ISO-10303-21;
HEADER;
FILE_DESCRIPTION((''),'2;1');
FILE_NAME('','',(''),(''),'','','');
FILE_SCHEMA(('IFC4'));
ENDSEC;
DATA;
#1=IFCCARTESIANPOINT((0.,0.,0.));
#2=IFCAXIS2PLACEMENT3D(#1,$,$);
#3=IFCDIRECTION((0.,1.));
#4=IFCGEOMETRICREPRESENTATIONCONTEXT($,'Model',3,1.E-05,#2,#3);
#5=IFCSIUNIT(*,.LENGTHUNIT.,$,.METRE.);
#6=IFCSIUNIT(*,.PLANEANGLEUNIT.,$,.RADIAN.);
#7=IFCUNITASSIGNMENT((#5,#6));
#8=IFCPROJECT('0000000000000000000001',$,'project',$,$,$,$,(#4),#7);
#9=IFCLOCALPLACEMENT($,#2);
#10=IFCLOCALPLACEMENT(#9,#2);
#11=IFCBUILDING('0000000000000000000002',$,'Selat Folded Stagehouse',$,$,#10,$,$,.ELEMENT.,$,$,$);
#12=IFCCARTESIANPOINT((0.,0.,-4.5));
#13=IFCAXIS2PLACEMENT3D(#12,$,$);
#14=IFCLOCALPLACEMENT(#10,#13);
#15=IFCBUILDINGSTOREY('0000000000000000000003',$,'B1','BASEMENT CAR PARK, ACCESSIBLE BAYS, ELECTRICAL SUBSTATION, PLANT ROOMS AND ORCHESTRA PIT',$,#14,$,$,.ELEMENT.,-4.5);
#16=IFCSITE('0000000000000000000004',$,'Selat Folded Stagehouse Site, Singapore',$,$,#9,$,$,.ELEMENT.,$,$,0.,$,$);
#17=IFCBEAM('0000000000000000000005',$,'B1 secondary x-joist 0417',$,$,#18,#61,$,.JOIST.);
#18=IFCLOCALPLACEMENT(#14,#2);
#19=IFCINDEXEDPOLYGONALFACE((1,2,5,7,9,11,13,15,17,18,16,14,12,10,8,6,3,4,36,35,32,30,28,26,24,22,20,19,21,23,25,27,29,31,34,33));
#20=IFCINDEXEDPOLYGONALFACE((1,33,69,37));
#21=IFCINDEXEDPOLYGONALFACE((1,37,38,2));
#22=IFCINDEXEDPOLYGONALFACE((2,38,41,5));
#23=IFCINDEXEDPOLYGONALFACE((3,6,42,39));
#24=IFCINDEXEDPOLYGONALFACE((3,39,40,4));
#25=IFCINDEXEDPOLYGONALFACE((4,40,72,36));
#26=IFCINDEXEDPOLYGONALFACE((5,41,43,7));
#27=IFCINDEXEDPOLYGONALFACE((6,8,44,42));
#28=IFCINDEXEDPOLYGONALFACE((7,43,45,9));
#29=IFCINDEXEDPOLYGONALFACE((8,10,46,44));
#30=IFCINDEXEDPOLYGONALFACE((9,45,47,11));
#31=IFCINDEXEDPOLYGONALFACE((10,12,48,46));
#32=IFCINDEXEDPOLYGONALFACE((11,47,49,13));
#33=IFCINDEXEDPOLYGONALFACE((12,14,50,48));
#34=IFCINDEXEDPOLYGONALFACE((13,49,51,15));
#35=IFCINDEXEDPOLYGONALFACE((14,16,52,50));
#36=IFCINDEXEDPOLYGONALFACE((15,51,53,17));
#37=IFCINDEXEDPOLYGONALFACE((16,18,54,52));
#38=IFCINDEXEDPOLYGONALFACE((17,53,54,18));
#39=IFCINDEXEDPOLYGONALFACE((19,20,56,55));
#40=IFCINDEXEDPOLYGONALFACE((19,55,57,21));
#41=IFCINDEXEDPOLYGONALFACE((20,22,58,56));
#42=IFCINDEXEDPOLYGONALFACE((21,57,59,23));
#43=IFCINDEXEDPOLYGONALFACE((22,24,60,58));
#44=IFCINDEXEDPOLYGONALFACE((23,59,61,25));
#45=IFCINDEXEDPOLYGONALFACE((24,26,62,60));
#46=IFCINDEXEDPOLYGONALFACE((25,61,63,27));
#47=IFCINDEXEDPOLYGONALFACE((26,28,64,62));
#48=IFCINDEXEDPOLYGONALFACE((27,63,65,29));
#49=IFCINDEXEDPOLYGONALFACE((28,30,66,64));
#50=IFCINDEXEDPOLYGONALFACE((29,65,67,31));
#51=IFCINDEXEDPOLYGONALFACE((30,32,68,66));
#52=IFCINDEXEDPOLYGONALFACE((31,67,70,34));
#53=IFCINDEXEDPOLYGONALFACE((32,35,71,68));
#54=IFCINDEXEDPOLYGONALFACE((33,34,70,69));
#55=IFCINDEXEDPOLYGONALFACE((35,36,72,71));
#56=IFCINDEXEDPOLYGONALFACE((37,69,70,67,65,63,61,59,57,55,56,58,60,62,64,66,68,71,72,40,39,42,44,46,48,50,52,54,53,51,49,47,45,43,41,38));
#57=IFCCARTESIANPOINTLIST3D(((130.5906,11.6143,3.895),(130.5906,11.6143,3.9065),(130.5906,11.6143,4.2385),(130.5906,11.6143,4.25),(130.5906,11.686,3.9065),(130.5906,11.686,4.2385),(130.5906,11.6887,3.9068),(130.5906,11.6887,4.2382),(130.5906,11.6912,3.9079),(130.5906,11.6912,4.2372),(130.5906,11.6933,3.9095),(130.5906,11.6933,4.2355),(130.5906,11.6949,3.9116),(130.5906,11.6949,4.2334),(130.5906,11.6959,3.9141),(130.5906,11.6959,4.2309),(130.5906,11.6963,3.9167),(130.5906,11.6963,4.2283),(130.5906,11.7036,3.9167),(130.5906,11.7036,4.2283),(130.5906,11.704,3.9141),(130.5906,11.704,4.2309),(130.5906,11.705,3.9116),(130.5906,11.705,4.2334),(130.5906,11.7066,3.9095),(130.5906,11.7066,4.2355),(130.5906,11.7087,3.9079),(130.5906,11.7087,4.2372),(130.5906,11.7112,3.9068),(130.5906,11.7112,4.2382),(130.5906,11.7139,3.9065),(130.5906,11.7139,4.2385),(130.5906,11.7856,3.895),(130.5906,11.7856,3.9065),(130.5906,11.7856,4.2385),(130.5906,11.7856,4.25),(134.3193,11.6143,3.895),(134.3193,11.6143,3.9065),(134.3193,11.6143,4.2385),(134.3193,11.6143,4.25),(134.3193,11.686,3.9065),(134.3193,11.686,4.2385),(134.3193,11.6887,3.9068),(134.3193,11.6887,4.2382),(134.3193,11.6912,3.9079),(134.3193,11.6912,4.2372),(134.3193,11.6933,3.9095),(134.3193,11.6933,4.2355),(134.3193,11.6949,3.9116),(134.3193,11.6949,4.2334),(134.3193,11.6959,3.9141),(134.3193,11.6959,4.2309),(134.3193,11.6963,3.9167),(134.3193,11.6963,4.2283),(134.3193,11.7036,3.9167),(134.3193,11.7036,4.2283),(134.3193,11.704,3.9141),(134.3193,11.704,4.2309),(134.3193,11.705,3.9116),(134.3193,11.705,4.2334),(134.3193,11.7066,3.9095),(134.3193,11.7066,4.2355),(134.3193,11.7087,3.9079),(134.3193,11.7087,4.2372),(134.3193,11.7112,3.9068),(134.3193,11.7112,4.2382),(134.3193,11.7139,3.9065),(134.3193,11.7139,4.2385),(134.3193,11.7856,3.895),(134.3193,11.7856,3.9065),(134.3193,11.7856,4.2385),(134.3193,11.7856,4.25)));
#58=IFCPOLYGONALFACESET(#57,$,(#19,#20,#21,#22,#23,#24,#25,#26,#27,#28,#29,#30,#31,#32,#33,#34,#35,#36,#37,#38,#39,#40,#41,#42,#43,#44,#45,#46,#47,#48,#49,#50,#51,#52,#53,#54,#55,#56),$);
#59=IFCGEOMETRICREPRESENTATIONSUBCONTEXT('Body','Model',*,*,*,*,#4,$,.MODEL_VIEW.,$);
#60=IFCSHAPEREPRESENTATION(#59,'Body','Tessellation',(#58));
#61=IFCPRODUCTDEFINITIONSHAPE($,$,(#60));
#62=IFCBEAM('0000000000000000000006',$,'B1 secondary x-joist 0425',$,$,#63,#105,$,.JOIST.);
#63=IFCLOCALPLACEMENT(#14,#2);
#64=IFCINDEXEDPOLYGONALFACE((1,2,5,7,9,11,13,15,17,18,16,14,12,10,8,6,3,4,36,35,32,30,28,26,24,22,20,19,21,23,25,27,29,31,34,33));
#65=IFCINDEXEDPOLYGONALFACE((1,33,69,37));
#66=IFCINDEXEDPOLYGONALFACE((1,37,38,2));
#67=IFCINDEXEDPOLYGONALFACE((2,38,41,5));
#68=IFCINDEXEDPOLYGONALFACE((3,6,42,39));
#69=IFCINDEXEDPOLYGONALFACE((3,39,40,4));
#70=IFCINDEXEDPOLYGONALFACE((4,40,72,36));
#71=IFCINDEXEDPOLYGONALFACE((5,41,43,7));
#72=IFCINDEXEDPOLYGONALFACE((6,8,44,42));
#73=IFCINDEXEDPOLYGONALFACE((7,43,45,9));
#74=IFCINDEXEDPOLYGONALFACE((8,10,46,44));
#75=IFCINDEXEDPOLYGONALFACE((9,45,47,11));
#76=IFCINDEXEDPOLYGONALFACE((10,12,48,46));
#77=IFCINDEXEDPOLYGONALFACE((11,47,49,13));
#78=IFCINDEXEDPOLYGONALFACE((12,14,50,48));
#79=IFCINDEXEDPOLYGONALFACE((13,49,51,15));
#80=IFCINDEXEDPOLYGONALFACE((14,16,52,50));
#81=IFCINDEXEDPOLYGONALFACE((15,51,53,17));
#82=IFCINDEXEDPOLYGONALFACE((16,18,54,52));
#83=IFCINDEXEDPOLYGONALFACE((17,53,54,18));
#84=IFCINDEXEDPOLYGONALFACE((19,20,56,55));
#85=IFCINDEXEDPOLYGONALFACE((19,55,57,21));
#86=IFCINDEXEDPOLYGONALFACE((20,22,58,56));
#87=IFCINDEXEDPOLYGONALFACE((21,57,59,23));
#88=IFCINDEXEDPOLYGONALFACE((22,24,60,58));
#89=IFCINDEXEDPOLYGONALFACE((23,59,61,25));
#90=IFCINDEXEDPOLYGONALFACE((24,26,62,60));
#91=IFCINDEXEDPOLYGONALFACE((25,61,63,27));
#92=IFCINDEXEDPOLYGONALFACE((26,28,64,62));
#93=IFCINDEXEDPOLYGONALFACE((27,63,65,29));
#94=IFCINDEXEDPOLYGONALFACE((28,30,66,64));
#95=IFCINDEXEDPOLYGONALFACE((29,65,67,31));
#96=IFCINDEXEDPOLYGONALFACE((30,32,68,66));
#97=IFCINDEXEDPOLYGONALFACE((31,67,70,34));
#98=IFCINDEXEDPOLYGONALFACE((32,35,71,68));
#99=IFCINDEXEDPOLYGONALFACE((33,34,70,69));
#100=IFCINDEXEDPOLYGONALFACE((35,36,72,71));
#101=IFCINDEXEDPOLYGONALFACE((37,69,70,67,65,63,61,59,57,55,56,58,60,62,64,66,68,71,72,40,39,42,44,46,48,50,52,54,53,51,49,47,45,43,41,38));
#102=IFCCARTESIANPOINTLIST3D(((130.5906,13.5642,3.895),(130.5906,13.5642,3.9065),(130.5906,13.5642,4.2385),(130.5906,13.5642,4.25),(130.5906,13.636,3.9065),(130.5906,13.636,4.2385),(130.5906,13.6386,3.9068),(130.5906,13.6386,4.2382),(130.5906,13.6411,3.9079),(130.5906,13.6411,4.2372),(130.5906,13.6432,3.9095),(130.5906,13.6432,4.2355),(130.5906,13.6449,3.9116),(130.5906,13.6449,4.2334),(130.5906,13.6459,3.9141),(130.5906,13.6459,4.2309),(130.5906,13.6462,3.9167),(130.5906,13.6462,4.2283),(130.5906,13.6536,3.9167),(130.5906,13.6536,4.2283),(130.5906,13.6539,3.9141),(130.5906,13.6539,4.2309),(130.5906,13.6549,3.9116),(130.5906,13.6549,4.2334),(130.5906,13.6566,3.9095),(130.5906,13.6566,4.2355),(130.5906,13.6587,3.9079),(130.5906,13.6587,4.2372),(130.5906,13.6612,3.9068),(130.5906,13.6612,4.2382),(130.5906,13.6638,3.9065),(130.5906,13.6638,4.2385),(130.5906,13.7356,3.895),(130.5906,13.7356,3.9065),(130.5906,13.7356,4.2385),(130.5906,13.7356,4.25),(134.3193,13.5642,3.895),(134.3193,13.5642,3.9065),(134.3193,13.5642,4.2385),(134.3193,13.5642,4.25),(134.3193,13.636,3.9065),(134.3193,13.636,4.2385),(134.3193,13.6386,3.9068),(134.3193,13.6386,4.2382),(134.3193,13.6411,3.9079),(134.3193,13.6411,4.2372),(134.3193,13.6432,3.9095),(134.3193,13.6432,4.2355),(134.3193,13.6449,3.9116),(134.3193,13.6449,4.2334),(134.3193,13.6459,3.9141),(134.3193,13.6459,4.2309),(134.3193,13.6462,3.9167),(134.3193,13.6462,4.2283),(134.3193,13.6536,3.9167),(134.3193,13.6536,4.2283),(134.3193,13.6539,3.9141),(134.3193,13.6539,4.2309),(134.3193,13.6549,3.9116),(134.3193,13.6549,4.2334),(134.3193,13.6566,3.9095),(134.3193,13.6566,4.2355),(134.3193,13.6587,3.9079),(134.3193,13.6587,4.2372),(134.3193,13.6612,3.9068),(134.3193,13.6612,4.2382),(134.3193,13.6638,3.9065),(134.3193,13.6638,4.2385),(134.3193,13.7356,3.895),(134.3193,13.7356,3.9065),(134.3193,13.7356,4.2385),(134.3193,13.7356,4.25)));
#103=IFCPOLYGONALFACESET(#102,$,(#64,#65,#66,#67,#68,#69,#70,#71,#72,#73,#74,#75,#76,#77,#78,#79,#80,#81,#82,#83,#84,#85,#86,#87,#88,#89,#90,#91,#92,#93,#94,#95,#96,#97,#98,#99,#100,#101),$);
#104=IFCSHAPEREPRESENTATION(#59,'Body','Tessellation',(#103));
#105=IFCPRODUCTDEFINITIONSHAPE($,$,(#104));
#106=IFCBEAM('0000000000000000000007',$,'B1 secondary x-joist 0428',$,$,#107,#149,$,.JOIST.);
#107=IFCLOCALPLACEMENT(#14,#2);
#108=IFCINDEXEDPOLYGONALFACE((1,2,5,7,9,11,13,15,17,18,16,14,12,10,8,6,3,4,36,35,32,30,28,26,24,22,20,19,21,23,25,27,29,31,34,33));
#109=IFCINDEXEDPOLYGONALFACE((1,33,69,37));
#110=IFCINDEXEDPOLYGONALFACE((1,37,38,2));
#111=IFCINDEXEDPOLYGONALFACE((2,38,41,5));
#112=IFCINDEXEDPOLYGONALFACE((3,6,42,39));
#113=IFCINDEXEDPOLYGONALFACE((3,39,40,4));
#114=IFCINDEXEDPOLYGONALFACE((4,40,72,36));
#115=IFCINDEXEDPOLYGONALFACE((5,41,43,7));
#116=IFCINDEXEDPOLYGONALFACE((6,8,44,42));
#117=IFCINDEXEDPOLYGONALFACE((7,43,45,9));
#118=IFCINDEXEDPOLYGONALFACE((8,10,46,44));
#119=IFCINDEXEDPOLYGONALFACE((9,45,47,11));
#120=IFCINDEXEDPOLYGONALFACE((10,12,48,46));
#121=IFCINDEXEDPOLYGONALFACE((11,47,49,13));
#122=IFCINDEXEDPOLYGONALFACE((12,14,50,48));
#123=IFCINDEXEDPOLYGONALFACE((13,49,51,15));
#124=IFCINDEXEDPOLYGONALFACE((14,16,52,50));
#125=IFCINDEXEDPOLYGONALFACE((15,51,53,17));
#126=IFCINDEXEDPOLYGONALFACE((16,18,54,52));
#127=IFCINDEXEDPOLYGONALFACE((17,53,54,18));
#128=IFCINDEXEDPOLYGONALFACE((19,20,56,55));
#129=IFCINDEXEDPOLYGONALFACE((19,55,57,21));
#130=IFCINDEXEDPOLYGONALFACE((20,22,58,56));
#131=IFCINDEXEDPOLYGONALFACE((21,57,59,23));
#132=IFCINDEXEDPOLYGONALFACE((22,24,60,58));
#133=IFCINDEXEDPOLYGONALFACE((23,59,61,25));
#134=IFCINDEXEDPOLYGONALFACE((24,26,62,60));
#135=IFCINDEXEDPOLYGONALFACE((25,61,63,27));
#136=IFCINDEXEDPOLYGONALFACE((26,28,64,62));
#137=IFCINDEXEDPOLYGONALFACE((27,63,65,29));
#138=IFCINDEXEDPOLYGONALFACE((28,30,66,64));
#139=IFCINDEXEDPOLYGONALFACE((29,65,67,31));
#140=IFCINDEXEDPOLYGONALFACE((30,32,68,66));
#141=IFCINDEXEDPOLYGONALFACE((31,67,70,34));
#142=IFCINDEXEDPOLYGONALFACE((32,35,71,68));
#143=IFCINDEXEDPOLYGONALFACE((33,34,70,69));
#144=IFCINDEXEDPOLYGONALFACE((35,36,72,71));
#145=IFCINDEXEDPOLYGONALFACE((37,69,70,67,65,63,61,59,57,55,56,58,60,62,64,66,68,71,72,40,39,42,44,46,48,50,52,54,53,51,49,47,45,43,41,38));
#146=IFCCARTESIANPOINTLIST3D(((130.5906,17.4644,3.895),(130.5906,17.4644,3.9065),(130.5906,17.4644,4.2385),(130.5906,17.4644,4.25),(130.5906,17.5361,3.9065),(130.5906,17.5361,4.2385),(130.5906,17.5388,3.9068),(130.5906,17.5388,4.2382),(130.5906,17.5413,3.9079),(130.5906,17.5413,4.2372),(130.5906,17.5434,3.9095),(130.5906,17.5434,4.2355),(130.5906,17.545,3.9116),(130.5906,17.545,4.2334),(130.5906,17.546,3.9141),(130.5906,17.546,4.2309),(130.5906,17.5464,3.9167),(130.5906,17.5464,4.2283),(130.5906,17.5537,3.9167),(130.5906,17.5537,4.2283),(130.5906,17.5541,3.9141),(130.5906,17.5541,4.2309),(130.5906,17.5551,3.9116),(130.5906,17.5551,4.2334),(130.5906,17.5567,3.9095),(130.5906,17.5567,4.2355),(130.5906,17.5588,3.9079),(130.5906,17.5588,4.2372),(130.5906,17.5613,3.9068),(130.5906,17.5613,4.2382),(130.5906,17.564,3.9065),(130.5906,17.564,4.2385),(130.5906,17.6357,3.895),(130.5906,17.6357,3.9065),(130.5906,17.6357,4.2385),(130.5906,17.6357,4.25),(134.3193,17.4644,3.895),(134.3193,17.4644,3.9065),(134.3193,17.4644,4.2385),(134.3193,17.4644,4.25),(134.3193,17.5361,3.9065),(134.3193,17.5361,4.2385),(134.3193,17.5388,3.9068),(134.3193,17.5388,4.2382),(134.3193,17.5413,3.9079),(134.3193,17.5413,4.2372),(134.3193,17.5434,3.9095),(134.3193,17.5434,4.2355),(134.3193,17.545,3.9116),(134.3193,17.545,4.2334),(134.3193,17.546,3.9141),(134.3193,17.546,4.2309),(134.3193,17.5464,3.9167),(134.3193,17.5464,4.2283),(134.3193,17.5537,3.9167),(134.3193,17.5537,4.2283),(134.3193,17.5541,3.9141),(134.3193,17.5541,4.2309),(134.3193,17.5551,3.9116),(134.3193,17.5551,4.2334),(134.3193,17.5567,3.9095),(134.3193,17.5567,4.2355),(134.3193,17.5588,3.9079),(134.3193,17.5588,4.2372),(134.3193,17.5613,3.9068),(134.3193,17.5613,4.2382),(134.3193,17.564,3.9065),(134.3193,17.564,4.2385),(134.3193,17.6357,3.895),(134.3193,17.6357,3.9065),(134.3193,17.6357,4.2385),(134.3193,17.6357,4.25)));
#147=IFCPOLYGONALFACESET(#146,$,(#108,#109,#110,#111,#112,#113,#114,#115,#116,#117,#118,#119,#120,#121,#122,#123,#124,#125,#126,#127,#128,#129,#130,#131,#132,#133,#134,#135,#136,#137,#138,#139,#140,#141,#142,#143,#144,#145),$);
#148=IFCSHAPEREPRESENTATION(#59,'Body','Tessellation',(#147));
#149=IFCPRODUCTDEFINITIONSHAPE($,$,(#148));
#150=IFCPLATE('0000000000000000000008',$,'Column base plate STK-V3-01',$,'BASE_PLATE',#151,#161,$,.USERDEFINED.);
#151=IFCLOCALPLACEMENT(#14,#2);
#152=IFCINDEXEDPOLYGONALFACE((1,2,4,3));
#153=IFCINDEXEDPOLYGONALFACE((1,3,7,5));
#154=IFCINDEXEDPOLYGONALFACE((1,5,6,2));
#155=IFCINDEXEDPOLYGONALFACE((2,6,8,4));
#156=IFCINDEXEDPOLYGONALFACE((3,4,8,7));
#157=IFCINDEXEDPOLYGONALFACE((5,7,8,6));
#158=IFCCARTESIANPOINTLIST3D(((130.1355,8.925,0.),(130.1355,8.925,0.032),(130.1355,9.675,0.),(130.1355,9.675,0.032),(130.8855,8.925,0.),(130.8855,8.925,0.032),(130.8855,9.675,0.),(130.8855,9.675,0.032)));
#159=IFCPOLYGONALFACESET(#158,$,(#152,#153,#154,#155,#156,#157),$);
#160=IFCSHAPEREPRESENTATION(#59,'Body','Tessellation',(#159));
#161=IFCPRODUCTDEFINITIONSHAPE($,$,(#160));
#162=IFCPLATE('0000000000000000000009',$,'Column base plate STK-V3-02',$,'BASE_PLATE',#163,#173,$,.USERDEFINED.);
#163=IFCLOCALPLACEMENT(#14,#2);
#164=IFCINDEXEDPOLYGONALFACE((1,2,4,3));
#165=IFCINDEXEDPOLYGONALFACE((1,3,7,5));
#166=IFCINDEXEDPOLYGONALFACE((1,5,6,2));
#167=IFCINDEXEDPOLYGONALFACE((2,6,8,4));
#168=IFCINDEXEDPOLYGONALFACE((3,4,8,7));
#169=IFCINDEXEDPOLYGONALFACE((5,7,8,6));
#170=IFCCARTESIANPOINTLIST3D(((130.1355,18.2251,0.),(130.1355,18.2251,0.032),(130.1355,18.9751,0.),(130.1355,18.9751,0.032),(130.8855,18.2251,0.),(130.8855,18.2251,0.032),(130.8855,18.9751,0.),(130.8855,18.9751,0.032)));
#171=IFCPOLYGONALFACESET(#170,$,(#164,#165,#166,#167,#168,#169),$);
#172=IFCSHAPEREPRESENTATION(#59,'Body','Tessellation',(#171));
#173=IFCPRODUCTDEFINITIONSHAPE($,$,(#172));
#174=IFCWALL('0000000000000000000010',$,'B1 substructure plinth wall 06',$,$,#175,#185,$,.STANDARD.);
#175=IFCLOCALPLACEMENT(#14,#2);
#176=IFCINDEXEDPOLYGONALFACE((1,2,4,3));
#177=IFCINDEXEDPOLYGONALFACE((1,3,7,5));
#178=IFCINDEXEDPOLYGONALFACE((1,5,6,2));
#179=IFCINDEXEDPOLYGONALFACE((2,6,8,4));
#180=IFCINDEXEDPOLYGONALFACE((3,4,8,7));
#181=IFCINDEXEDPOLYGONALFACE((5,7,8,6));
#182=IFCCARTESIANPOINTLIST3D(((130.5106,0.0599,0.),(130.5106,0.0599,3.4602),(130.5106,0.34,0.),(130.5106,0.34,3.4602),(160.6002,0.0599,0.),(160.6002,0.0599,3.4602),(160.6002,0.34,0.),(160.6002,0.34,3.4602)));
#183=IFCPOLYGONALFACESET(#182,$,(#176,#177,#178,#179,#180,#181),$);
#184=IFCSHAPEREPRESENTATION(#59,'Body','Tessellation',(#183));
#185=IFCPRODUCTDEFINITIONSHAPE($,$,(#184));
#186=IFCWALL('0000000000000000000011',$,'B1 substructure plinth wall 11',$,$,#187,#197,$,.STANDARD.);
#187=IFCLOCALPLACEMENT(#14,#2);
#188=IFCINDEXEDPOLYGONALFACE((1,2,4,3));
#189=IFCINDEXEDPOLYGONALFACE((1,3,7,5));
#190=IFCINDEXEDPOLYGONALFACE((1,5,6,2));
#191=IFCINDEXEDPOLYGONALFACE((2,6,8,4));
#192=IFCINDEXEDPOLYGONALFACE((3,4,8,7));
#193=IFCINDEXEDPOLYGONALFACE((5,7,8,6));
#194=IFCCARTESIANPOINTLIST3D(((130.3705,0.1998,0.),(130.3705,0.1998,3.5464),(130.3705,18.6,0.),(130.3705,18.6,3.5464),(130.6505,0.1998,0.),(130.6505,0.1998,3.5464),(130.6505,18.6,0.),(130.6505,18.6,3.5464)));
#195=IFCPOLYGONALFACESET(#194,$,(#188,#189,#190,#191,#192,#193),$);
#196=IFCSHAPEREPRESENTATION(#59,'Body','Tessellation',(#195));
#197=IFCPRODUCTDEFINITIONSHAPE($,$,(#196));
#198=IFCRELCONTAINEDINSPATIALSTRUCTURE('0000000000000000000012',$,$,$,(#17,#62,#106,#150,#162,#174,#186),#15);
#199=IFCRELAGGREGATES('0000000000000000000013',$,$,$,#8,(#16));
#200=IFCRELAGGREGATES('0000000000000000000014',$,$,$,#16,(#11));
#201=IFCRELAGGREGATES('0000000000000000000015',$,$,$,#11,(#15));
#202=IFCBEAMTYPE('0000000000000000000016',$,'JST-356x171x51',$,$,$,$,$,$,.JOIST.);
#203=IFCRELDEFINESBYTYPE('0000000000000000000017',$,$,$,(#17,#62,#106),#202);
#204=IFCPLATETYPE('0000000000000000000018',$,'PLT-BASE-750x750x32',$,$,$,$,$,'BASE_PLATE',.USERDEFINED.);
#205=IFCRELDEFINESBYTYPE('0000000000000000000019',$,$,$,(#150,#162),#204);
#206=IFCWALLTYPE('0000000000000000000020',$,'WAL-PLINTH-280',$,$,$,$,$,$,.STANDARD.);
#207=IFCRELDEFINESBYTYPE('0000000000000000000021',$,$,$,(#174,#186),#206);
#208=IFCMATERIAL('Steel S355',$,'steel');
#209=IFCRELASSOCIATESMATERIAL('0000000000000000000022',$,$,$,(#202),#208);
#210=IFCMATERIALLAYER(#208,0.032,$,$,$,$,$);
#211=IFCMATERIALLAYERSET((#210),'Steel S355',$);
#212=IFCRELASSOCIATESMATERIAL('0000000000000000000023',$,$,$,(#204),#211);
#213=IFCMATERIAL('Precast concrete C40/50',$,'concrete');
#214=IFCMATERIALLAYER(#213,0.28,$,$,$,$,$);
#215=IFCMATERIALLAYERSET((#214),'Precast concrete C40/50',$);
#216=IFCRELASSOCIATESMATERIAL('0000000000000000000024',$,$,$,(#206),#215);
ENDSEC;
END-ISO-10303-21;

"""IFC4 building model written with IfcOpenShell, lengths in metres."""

from ifc_helpers import new_model, si_unit, direction, frame, frame_2d, origin, origin_2d, place, context, subcontext, project, spatial, rectangle, i_section, extrude, material, layer, layer_set, material_profile, profile_set, type_object, element, save


model = new_model("IFC4")

# Units and contexts
model_context = context("Model", 3, precision=1e-05, world=origin(), true_north=direction((0.0, 1.0)))
body_context = subcontext(model_context, "Body", "Model", "MODEL_VIEW")
ifc_project = project(units=[si_unit("LENGTHUNIT", "METRE"), si_unit("PLANEANGLEUNIT", "RADIAN")], contexts=[model_context])

# Site, building, storey
site_placement = place(None, origin())
site = spatial("IfcSite", under=ifc_project, at=site_placement, Name="Selat Folded Stagehouse Site, Singapore", CompositionType="ELEMENT", RefElevation=0.0)
building_placement = place(site_placement, origin())
building = spatial("IfcBuilding", under=site, at=building_placement, Name="Selat Folded Stagehouse", CompositionType="ELEMENT")
storey_placement = place(building_placement, frame((0.0, 0.0, -4.5)))
storey = spatial("IfcBuildingStorey", under=building, at=storey_placement, Name="B1", Description="BASEMENT CAR PARK, ACCESSIBLE BAYS, ELECTRICAL SUBSTATION, PLANT ROOMS AND ORCHESTRA PIT", CompositionType="ELEMENT", Elevation=-4.5)

# Shared definitions
ifc_material_1 = material(Name="Steel S355", Category="steel")

# Beams
ifc_material_profile_1 = material_profile(ifc_material_1, i_section(OverallWidth=0.1714, OverallDepth=0.355, WebThickness=0.0073, FlangeThickness=0.0115, FilletRadius=0.0103, at=origin_2d()), Name="UKB 356x171x51")
ifc_profile_set_1 = profile_set([ifc_material_profile_1], Name="Steel S355")
beam_type_1 = type_object("IfcBeamType", Name="JST-356x171x51", PredefinedType="JOIST", material=ifc_profile_set_1)
for number, where, z_axis, x_axis, name in (
    (1, (130.5906, 11.7, 4.0725), (1.0, 0.0, 0.0), (0.0, 1.0, 0.0), "B1 secondary x-joist 0417"),
    (2, (130.5906, 13.6499, 4.0725), (1.0, 0.0, 0.0), (0.0, 1.0, 0.0), "B1 secondary x-joist 0425"),
    (3, (130.5906, 17.55, 4.0725), (1.0, 0.0, 0.0), (0.0, 1.0, 0.0), "B1 secondary x-joist 0428"),
):
    element("IfcBeam", number, at=place(storey_placement, frame(where, z_axis=z_axis, x_axis=x_axis)), inside=storey, type_object=beam_type_1, Name=name, PredefinedType="JOIST", context=body_context, shape_type="SweptSolid", body=[
        extrude(i_section(OverallWidth=0.1714, OverallDepth=0.355, WebThickness=0.0073, FlangeThickness=0.0115, FilletRadius=0.0103, at=origin_2d()), origin(), (0.0, 0.0, 1.0), 3.7288),
    ])

# Plates
ifc_layer_1 = layer(ifc_material_1, 0.032)
ifc_layer_set_1 = layer_set([ifc_layer_1], Name="Steel S355")
plate_type = type_object("IfcPlateType", Name="PLT-BASE-750x750x32", ElementType="BASE_PLATE", PredefinedType="USERDEFINED", material=ifc_layer_set_1)
for number, where, z_axis, x_axis, name in (
    (4, (130.5105, 9.3, 0.0), (0.0, 0.0, 1.0), (1.0, 0.0, 0.0), "Column base plate STK-V3-01"),
    (5, (130.5105, 18.6001, 0.0), (0.0, 0.0, 1.0), (1.0, 0.0, 0.0), "Column base plate STK-V3-02"),
):
    element("IfcPlate", number, at=place(storey_placement, frame(where, z_axis=z_axis, x_axis=x_axis)), inside=storey, type_object=plate_type, Name=name, ObjectType="BASE_PLATE", PredefinedType="USERDEFINED", context=body_context, shape_type="SweptSolid", body=[
        extrude(rectangle(XDim=0.75, YDim=0.75, at=origin_2d()), origin(), (0.0, 0.0, 1.0), 0.032),
    ])

# Walls
ifc_material_2 = material(Name="Precast concrete C40/50", Category="concrete")
ifc_layer_2 = layer(ifc_material_2, 0.28)
ifc_layer_set_2 = layer_set([ifc_layer_2], Name="Precast concrete C40/50")
wall_type = type_object("IfcWallType", Name="WAL-PLINTH-280", PredefinedType="STANDARD", material=ifc_layer_set_2)
wall_1_placement = place(storey_placement, frame((130.5105, 0.2, 0.0), z_axis=(0.0, 0.0, 1.0), x_axis=(1.0, 0.0, 0.0)))
element("IfcWall", 6, at=wall_1_placement, inside=storey, type_object=wall_type, Name="B1 substructure plinth wall 06", PredefinedType="STANDARD", context=body_context, shape_type="SweptSolid", body=[
    extrude(rectangle(XDim=30.0896, YDim=0.28, at=frame_2d((15.0449, 0.0))), origin(), (0.0, 0.0, 1.0), 3.4602),
])
wall_2_placement = place(storey_placement, frame((130.5105, 18.6001, 0.0), z_axis=(0.0, 0.0, 1.0), x_axis=(0.0, -1.0, 0.0)))
element("IfcWall", 7, at=wall_2_placement, inside=storey, type_object=wall_type, Name="B1 substructure plinth wall 11", PredefinedType="STANDARD", context=body_context, shape_type="SweptSolid", body=[
    extrude(rectangle(XDim=18.4001, YDim=0.28, at=frame_2d((9.2002, 0.0))), origin(), (0.0, 0.0, 1.0), 3.5464),
])

save(model, "model.ifc")
